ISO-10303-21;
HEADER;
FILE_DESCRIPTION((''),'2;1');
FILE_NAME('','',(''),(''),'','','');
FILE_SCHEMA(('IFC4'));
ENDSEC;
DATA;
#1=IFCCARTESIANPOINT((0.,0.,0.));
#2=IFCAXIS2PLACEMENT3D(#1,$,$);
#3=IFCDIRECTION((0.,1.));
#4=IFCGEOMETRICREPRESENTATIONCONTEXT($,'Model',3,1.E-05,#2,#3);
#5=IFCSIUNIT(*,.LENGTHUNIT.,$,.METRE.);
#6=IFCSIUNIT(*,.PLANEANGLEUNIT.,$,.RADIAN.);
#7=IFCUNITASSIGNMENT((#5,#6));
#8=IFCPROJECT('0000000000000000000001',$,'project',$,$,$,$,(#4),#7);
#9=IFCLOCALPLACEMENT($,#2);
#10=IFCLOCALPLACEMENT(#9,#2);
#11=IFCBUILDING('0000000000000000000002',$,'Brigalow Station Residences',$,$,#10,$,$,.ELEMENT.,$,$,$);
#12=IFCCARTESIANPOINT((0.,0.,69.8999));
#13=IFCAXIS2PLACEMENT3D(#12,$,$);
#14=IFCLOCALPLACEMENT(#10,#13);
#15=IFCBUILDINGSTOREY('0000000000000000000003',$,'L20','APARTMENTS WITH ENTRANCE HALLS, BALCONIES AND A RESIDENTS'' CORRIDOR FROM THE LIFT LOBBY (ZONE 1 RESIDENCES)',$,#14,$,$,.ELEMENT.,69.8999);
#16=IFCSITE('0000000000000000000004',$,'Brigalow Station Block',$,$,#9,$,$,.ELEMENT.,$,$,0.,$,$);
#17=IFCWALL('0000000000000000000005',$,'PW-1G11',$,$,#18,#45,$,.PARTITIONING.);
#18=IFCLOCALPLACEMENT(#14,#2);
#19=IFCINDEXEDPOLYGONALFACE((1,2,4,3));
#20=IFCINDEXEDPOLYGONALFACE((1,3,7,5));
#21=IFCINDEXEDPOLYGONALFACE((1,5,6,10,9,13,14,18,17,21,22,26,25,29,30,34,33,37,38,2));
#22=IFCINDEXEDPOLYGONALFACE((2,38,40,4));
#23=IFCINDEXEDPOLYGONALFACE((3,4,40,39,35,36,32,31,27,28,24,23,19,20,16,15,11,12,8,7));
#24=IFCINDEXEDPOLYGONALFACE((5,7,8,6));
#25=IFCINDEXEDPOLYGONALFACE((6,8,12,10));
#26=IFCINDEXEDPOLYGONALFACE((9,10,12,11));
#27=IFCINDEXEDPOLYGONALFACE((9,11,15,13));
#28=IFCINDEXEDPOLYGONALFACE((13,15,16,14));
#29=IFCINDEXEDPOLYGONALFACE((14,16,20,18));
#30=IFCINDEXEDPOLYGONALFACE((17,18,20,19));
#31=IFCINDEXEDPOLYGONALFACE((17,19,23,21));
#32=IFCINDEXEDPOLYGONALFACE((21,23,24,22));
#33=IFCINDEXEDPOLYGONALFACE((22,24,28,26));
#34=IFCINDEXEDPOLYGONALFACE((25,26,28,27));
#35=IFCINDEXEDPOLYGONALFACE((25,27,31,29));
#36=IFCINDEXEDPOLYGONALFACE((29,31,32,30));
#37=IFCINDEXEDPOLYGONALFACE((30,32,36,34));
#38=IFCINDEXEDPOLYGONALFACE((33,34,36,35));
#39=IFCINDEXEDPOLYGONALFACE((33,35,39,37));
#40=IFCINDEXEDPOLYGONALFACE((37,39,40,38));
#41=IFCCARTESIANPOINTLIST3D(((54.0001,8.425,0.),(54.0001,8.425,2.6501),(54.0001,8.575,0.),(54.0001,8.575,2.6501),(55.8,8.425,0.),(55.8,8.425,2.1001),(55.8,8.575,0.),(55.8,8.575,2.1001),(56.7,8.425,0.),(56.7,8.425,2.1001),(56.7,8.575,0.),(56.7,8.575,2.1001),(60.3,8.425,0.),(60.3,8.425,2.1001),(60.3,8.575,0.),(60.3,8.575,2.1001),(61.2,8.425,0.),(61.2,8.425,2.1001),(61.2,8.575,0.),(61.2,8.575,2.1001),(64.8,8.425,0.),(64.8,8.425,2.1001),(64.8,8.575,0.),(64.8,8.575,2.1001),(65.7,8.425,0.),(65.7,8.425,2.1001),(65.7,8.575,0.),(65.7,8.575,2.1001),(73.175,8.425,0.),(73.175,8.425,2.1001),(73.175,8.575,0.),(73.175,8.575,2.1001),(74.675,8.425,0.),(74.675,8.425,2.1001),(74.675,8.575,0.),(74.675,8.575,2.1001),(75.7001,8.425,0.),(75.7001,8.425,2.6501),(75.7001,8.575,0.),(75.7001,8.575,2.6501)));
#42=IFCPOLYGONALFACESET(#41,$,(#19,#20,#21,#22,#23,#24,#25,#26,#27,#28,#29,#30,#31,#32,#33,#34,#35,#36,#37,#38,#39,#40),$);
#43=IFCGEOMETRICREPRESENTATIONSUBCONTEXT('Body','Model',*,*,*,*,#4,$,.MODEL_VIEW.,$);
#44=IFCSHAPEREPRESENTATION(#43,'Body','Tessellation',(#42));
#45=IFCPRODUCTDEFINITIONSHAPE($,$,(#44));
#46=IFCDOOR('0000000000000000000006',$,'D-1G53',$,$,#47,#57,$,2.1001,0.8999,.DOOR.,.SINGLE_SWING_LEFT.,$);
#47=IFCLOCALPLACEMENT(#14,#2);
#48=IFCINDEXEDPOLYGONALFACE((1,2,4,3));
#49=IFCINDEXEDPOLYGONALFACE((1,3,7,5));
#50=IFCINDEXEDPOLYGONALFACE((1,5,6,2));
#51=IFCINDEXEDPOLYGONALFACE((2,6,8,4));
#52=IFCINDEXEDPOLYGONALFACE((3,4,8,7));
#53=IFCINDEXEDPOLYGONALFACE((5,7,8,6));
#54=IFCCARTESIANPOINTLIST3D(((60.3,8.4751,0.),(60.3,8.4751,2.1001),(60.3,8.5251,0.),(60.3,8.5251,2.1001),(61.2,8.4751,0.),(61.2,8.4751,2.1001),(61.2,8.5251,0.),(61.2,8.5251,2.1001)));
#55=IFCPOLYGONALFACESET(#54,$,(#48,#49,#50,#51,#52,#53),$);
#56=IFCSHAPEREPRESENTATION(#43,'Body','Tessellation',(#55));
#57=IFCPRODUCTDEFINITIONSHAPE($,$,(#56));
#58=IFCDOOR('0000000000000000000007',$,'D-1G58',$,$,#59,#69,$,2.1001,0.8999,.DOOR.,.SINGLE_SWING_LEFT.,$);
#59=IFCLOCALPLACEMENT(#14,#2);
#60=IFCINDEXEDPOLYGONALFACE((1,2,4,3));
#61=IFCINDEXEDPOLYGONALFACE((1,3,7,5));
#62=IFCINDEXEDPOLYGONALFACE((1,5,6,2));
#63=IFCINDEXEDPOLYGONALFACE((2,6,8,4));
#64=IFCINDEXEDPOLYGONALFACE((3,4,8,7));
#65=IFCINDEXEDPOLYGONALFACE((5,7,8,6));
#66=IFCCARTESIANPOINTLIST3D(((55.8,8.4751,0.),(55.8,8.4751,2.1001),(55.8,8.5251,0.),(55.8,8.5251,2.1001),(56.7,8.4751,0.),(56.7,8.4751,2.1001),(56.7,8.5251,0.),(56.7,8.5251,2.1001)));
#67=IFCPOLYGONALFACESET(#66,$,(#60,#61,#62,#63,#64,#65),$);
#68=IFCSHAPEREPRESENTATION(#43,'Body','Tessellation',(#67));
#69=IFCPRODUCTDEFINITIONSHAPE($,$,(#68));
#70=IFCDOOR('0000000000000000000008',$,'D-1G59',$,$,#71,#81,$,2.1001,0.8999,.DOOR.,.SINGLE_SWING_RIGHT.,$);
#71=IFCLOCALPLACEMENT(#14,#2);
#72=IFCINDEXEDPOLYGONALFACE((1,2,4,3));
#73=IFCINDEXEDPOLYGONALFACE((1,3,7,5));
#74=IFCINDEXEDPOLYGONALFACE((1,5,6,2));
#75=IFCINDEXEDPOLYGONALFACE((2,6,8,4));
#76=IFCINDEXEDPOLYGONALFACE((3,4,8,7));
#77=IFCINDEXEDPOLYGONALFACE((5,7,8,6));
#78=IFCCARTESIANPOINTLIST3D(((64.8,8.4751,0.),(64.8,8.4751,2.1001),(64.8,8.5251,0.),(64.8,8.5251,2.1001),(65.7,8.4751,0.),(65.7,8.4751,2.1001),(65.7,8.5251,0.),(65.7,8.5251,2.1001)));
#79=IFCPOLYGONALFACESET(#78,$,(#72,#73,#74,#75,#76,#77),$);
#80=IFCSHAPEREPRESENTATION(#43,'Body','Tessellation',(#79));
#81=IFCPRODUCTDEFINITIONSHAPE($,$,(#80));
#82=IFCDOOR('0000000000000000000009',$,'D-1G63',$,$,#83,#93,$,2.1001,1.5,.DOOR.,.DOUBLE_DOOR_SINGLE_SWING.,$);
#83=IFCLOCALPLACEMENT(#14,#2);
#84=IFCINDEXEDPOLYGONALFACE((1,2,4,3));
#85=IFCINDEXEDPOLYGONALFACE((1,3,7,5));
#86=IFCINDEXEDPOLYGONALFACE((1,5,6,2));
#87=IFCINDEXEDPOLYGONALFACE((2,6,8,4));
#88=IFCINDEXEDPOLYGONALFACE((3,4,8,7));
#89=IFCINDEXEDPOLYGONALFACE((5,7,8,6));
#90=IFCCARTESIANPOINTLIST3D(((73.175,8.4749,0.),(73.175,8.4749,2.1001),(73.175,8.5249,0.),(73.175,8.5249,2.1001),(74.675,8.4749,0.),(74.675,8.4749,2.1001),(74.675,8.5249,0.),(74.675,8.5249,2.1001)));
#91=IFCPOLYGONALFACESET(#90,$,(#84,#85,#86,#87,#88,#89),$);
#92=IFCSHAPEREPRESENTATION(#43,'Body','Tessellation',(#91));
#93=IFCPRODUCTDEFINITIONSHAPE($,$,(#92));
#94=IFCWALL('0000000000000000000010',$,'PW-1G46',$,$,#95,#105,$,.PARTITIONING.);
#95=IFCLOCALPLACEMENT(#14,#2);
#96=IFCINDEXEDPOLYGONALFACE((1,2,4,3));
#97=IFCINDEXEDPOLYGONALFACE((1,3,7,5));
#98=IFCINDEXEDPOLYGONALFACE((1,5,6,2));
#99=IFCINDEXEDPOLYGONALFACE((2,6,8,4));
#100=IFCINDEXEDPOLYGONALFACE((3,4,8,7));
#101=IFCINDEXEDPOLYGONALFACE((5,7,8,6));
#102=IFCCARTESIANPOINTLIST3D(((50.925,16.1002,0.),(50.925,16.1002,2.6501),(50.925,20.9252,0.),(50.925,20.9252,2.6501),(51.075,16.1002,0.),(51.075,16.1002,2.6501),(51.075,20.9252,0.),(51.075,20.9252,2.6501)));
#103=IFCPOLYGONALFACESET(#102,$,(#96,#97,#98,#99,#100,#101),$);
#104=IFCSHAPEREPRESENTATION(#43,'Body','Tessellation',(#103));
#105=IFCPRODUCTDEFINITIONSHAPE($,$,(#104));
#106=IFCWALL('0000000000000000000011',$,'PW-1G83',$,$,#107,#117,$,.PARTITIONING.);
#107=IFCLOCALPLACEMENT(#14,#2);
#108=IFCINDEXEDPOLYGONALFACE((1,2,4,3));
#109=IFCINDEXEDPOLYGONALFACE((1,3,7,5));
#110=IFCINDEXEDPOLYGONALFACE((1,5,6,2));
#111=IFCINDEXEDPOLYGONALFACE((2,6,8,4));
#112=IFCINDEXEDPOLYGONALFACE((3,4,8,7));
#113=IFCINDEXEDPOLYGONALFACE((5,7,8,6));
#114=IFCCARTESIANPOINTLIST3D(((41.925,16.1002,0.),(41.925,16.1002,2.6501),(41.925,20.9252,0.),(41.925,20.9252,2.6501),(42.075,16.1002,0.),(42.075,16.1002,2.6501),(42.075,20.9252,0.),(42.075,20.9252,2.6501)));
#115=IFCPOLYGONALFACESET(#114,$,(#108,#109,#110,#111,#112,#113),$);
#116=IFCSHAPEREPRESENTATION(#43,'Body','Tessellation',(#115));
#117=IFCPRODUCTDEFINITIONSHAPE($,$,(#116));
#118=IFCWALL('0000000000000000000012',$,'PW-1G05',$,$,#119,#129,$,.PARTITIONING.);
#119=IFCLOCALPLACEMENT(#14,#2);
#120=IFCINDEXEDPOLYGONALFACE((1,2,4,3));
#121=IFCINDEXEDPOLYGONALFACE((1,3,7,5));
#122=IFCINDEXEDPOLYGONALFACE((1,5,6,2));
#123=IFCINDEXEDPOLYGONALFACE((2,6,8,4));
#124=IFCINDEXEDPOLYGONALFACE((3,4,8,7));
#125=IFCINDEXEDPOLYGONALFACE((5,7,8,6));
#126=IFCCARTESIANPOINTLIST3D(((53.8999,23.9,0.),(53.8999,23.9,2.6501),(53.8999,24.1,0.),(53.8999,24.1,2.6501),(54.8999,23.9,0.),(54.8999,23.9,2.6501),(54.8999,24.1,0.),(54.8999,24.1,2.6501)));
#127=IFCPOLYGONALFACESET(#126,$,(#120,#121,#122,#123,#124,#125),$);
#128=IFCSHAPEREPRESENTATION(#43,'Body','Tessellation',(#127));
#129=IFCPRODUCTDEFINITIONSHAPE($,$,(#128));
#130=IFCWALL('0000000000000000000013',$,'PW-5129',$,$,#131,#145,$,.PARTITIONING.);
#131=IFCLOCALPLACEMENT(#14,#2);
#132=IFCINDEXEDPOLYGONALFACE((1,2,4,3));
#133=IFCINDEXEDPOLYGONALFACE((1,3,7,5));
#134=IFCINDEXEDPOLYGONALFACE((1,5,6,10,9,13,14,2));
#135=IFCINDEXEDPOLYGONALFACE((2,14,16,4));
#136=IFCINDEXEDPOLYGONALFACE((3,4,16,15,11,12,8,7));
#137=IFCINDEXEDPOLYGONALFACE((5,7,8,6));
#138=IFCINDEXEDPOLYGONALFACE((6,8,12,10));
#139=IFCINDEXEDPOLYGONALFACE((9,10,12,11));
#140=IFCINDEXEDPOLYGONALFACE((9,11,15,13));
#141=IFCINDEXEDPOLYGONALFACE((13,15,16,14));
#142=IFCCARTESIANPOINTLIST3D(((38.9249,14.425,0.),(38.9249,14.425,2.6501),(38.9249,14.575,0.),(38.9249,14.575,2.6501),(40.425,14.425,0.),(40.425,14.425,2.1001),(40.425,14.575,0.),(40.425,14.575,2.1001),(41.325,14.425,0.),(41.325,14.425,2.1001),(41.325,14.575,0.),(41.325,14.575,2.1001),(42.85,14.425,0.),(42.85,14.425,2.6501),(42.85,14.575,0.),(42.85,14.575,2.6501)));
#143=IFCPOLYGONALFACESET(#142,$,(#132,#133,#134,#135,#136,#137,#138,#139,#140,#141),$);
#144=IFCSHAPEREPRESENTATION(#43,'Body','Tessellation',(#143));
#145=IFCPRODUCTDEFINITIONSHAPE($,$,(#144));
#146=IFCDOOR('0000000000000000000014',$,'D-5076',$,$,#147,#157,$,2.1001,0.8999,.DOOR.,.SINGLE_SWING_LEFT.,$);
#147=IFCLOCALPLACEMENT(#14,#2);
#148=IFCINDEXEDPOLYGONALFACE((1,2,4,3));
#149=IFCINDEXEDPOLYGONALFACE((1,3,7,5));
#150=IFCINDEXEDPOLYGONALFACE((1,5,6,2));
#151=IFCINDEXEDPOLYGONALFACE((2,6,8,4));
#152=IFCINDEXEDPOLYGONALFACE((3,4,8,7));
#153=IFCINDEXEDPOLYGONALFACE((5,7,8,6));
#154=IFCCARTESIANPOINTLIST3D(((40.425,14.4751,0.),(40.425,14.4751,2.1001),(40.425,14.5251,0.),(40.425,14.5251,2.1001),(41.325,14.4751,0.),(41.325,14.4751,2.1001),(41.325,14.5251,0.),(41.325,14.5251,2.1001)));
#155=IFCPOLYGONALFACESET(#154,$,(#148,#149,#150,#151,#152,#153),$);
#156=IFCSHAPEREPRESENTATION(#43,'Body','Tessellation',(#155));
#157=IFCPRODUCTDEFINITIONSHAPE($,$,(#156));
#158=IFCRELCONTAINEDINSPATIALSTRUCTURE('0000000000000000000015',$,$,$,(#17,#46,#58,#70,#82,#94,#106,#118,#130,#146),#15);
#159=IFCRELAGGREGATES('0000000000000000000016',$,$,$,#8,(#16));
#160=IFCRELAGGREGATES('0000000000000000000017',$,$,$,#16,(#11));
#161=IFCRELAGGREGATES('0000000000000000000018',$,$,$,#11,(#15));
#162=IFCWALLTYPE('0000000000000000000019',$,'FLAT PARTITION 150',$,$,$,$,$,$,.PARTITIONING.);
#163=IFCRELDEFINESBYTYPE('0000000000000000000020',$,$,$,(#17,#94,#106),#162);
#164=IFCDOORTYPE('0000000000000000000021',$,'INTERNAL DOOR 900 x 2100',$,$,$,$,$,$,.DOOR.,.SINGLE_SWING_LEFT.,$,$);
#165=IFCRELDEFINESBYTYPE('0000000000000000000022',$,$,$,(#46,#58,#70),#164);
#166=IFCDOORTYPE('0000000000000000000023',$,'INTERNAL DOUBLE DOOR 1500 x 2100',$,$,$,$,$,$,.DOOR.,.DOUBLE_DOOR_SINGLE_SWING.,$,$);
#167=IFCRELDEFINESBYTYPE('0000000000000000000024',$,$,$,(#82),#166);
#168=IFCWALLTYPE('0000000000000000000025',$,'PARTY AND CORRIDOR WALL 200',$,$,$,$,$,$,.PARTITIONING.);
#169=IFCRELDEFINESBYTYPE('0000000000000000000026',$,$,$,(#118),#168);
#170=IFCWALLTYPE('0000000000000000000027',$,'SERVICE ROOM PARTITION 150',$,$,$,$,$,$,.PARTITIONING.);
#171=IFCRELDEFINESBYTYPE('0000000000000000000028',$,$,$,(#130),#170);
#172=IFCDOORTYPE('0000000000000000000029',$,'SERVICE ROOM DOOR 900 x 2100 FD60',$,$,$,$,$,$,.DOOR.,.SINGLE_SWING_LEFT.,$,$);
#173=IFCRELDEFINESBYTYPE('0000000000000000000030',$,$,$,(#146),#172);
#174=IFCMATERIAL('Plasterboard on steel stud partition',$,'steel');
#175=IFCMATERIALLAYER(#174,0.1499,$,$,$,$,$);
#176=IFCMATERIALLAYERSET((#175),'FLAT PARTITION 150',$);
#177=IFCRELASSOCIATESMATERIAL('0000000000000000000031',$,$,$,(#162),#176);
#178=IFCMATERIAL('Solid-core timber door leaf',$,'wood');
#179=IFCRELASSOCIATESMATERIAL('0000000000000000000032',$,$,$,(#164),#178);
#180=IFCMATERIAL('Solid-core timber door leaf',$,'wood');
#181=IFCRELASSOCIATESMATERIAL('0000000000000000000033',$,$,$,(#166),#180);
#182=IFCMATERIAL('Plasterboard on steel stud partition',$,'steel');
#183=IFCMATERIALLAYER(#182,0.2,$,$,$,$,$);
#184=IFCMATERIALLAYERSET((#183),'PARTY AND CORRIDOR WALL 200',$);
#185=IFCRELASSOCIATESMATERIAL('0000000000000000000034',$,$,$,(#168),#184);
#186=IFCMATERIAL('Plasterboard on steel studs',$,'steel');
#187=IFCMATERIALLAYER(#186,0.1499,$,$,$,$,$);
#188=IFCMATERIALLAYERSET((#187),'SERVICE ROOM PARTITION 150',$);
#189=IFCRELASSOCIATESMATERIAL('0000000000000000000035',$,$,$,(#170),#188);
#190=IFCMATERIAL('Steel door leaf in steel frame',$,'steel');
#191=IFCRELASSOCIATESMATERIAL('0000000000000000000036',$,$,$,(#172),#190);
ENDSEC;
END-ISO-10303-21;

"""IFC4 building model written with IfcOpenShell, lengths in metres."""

from ifc_helpers import new_model, si_unit, direction, frame, frame_2d, origin, place, context, subcontext, project, spatial, rectangle, extrude, material, layer, layer_set, type_object, element, fill, save


model = new_model("IFC4")

# Units and contexts
model_context = context("Model", 3, precision=1e-05, world=origin(), true_north=direction((0.0, 1.0)))
body_context = subcontext(model_context, "Body", "Model", "MODEL_VIEW")
ifc_project = project(units=[si_unit("LENGTHUNIT", "METRE"), si_unit("PLANEANGLEUNIT", "RADIAN")], contexts=[model_context])

# Site, building, storey
site_placement = place(None, origin())
site = spatial("IfcSite", under=ifc_project, at=site_placement, Name="Brigalow Station Block", CompositionType="ELEMENT", RefElevation=0.0)
building_placement = place(site_placement, origin())
building = spatial("IfcBuilding", under=site, at=building_placement, Name="Brigalow Station Residences", CompositionType="ELEMENT")
storey_placement = place(building_placement, frame((0.0, 0.0, 69.8999)))
storey = spatial("IfcBuildingStorey", under=building, at=storey_placement, Name="L20", Description="APARTMENTS WITH ENTRANCE HALLS, BALCONIES AND A RESIDENTS' CORRIDOR FROM THE LIFT LOBBY (ZONE 1 RESIDENCES)", CompositionType="ELEMENT", Elevation=69.8999)

# Wall, openings, doors
ifc_material_1 = material(Name="Plasterboard on steel stud partition", Category="steel")
ifc_layer_1 = layer(ifc_material_1, 0.1499)
ifc_layer_set_1 = layer_set([ifc_layer_1], Name="FLAT PARTITION 150")
wall_type_1 = type_object("IfcWallType", Name="FLAT PARTITION 150", PredefinedType="PARTITIONING", material=ifc_layer_set_1)
wall_1_placement = place(storey_placement, frame((54.0, 8.5, 0.0), z_axis=(0.0, 0.0, 1.0), x_axis=(1.0, 0.0, 0.0)))
wall_1 = element("IfcWall", 1, at=wall_1_placement, inside=storey, type_object=wall_type_1, Name="PW-1G11", PredefinedType="PARTITIONING", context=body_context, shape_type="SweptSolid", body=[
    extrude(rectangle(XDim=21.7, YDim=0.1499, at=frame_2d((10.8501, 0.0))), origin(), (0.0, 0.0, 1.0), 2.6501),
])
opening_1_placement = place(wall_1_placement, frame((6.3, 0.0, 0.0)))
opening_1 = element("IfcOpeningElement", 2, at=opening_1_placement, cuts=wall_1, PredefinedType="OPENING", context=body_context, shape_type="SweptSolid", body=[
    extrude(rectangle(XDim=0.8999, YDim=2.1001, at=frame_2d((0.45, 1.05))), frame((0.0, 0.085, 0.0), z_axis=(0.0, -1.0, 0.0), x_axis=(1.0, 0.0, 0.0)), (0.0, 0.0, 1.0), 0.1699),
])
opening_2_placement = place(wall_1_placement, frame((1.8, 0.0, 0.0)))
opening_2 = element("IfcOpeningElement", 3, at=opening_2_placement, cuts=wall_1, PredefinedType="OPENING", context=body_context, shape_type="SweptSolid", body=[
    extrude(rectangle(XDim=0.8999, YDim=2.1001, at=frame_2d((0.45, 1.05))), frame((0.0, 0.085, 0.0), z_axis=(0.0, -1.0, 0.0), x_axis=(1.0, 0.0, 0.0)), (0.0, 0.0, 1.0), 0.1699),
])
opening_3_placement = place(wall_1_placement, frame((10.8, 0.0, 0.0)))
opening_3 = element("IfcOpeningElement", 4, at=opening_3_placement, cuts=wall_1, PredefinedType="OPENING", context=body_context, shape_type="SweptSolid", body=[
    extrude(rectangle(XDim=0.8999, YDim=2.1001, at=frame_2d((0.45, 1.05))), frame((0.0, 0.085, 0.0), z_axis=(0.0, -1.0, 0.0), x_axis=(1.0, 0.0, 0.0)), (0.0, 0.0, 1.0), 0.1699),
])
opening_4_placement = place(wall_1_placement, frame((19.175, 0.0, 0.0)))
opening_4 = element("IfcOpeningElement", 5, at=opening_4_placement, cuts=wall_1, PredefinedType="OPENING", context=body_context, shape_type="SweptSolid", body=[
    extrude(rectangle(XDim=1.5, YDim=2.1001, at=frame_2d((0.75, 1.05))), frame((0.0, 0.085, 0.0), z_axis=(0.0, -1.0, 0.0), x_axis=(1.0, 0.0, 0.0)), (0.0, 0.0, 1.0), 0.1699),
])
ifc_material_2 = material(Name="Solid-core timber door leaf", Category="wood")
door_type_1 = type_object("IfcDoorType", Name="INTERNAL DOOR 900 x 2100", OperationType="SINGLE_SWING_LEFT", PredefinedType="DOOR", material=ifc_material_2)
door_1_placement = place(opening_1_placement, frame((0.8999, 0.0, 0.0), z_axis=(0.0, 0.0, 1.0), x_axis=(-1.0, 0.0, 0.0)))
door_1 = element("IfcDoor", 6, at=door_1_placement, inside=storey, type_object=door_type_1, Name="D-1G53", OperationType="SINGLE_SWING_LEFT", OverallHeight=2.1001, OverallWidth=0.8999, PredefinedType="DOOR", context=body_context, shape_type="SweptSolid", body=[
    extrude(rectangle(XDim=0.8999, YDim=2.1001, at=frame_2d((0.45, 1.05))), frame((0.0, 0.0249, 0.0), z_axis=(0.0, -1.0, 0.0), x_axis=(1.0, 0.0, 0.0)), (0.0, 0.0, 1.0), 0.05),
])
fill(opening_1, door_1)
door_2_placement = place(opening_2_placement, frame((0.8999, 0.0, 0.0), z_axis=(0.0, 0.0, 1.0), x_axis=(-1.0, 0.0, 0.0)))
door_2 = element("IfcDoor", 7, at=door_2_placement, inside=storey, type_object=door_type_1, Name="D-1G58", OperationType="SINGLE_SWING_LEFT", OverallHeight=2.1001, OverallWidth=0.8999, PredefinedType="DOOR", context=body_context, shape_type="SweptSolid", body=[
    extrude(rectangle(XDim=0.8999, YDim=2.1001, at=frame_2d((0.45, 1.05))), frame((0.0, 0.0249, 0.0), z_axis=(0.0, -1.0, 0.0), x_axis=(1.0, 0.0, 0.0)), (0.0, 0.0, 1.0), 0.05),
])
fill(opening_2, door_2)
door_3_placement = place(opening_3_placement, frame((0.8999, 0.0, 0.0), z_axis=(0.0, 0.0, 1.0), x_axis=(-1.0, 0.0, 0.0)))
door_3 = element("IfcDoor", 8, at=door_3_placement, inside=storey, type_object=door_type_1, Name="D-1G59", OperationType="SINGLE_SWING_RIGHT", OverallHeight=2.1001, OverallWidth=0.8999, PredefinedType="DOOR", context=body_context, shape_type="SweptSolid", body=[
    extrude(rectangle(XDim=0.8999, YDim=2.1001, at=frame_2d((0.45, 1.05))), frame((0.0, 0.0249, 0.0), z_axis=(0.0, -1.0, 0.0), x_axis=(1.0, 0.0, 0.0)), (0.0, 0.0, 1.0), 0.05),
])
fill(opening_3, door_3)
ifc_material_3 = material(Name="Solid-core timber door leaf", Category="wood")
door_type_2 = type_object("IfcDoorType", Name="INTERNAL DOUBLE DOOR 1500 x 2100", OperationType="DOUBLE_DOOR_SINGLE_SWING", PredefinedType="DOOR", material=ifc_material_3)
door_4_placement = place(opening_4_placement, origin())
door_4 = element("IfcDoor", 9, at=door_4_placement, inside=storey, type_object=door_type_2, Name="D-1G63", OperationType="DOUBLE_DOOR_SINGLE_SWING", OverallHeight=2.1001, OverallWidth=1.5, PredefinedType="DOOR", context=body_context, shape_type="SweptSolid", body=[
    extrude(rectangle(XDim=1.5, YDim=2.1001, at=frame_2d((0.75, 1.05))), frame((0.0, 0.0249, 0.0), z_axis=(0.0, -1.0, 0.0), x_axis=(1.0, 0.0, 0.0)), (0.0, 0.0, 1.0), 0.05),
])
fill(opening_4, door_4)

# Walls
for number, where, z_axis, x_axis, name in (
    (10, (51.0, 16.1001, 0.0), (0.0, 0.0, 1.0), (0.0, 1.0, 0.0), "PW-1G46"),
    (11, (42.0, 16.1001, 0.0), (0.0, 0.0, 1.0), (0.0, 1.0, 0.0), "PW-1G83"),
):
    element("IfcWall", number, at=place(storey_placement, frame(where, z_axis=z_axis, x_axis=x_axis)), inside=storey, type_object=wall_type_1, Name=name, PredefinedType="PARTITIONING", context=body_context, shape_type="SweptSolid", body=[
        extrude(rectangle(XDim=4.825, YDim=0.1499, at=frame_2d((2.4126, 0.0))), origin(), (0.0, 0.0, 1.0), 2.6501),
    ])
ifc_material_4 = material(Name="Plasterboard on steel stud partition", Category="steel")
ifc_layer_2 = layer(ifc_material_4, 0.2)
ifc_layer_set_2 = layer_set([ifc_layer_2], Name="PARTY AND CORRIDOR WALL 200")
wall_type_2 = type_object("IfcWallType", Name="PARTY AND CORRIDOR WALL 200", PredefinedType="PARTITIONING", material=ifc_layer_set_2)
wall_2_placement = place(storey_placement, frame((53.8999, 24.0, 0.0), z_axis=(0.0, 0.0, 1.0), x_axis=(1.0, 0.0, 0.0)))
element("IfcWall", 12, at=wall_2_placement, inside=storey, type_object=wall_type_2, Name="PW-1G05", PredefinedType="PARTITIONING", context=body_context, shape_type="SweptSolid", body=[
    extrude(rectangle(XDim=1.0, YDim=0.2, at=frame_2d((0.5, 0.0))), origin(), (0.0, 0.0, 1.0), 2.6501),
])

# Wall, opening, door
ifc_material_5 = material(Name="Plasterboard on steel studs", Category="steel")
ifc_layer_3 = layer(ifc_material_5, 0.1499)
ifc_layer_set_3 = layer_set([ifc_layer_3], Name="SERVICE ROOM PARTITION 150")
wall_type_3 = type_object("IfcWallType", Name="SERVICE ROOM PARTITION 150", PredefinedType="PARTITIONING", material=ifc_layer_set_3)
wall_3_placement = place(storey_placement, frame((38.925, 14.5, 0.0), z_axis=(0.0, 0.0, 1.0), x_axis=(1.0, 0.0, 0.0)))
wall_3 = element("IfcWall", 13, at=wall_3_placement, inside=storey, type_object=wall_type_3, Name="PW-5129", PredefinedType="PARTITIONING", context=body_context, shape_type="SweptSolid", body=[
    extrude(rectangle(XDim=3.925, YDim=0.1499, at=frame_2d((1.9624, 0.0))), origin(), (0.0, 0.0, 1.0), 2.6501),
])
opening_5_placement = place(wall_3_placement, frame((1.5, 0.0, 0.0)))
opening_5 = element("IfcOpeningElement", 14, at=opening_5_placement, cuts=wall_3, PredefinedType="OPENING", context=body_context, shape_type="SweptSolid", body=[
    extrude(rectangle(XDim=0.8999, YDim=2.1001, at=frame_2d((0.45, 1.05))), frame((0.0, 0.085, 0.0), z_axis=(0.0, -1.0, 0.0), x_axis=(1.0, 0.0, 0.0)), (0.0, 0.0, 1.0), 0.1699),
])
ifc_material_6 = material(Name="Steel door leaf in steel frame", Category="steel")
door_type_3 = type_object("IfcDoorType", Name="SERVICE ROOM DOOR 900 x 2100 FD60", OperationType="SINGLE_SWING_LEFT", PredefinedType="DOOR", material=ifc_material_6)
door_5_placement = place(opening_5_placement, frame((0.8999, 0.0, 0.0), z_axis=(0.0, 0.0, 1.0), x_axis=(-1.0, 0.0, 0.0)))
door_5 = element("IfcDoor", 15, at=door_5_placement, inside=storey, type_object=door_type_3, Name="D-5076", OperationType="SINGLE_SWING_LEFT", OverallHeight=2.1001, OverallWidth=0.8999, PredefinedType="DOOR", context=body_context, shape_type="SweptSolid", body=[
    extrude(rectangle(XDim=0.8999, YDim=2.1001, at=frame_2d((0.45, 1.05))), frame((0.0, 0.0249, 0.0), z_axis=(0.0, -1.0, 0.0), x_axis=(1.0, 0.0, 0.0)), (0.0, 0.0, 1.0), 0.05),
])
fill(opening_5, door_5)

save(model, "model.ifc")
